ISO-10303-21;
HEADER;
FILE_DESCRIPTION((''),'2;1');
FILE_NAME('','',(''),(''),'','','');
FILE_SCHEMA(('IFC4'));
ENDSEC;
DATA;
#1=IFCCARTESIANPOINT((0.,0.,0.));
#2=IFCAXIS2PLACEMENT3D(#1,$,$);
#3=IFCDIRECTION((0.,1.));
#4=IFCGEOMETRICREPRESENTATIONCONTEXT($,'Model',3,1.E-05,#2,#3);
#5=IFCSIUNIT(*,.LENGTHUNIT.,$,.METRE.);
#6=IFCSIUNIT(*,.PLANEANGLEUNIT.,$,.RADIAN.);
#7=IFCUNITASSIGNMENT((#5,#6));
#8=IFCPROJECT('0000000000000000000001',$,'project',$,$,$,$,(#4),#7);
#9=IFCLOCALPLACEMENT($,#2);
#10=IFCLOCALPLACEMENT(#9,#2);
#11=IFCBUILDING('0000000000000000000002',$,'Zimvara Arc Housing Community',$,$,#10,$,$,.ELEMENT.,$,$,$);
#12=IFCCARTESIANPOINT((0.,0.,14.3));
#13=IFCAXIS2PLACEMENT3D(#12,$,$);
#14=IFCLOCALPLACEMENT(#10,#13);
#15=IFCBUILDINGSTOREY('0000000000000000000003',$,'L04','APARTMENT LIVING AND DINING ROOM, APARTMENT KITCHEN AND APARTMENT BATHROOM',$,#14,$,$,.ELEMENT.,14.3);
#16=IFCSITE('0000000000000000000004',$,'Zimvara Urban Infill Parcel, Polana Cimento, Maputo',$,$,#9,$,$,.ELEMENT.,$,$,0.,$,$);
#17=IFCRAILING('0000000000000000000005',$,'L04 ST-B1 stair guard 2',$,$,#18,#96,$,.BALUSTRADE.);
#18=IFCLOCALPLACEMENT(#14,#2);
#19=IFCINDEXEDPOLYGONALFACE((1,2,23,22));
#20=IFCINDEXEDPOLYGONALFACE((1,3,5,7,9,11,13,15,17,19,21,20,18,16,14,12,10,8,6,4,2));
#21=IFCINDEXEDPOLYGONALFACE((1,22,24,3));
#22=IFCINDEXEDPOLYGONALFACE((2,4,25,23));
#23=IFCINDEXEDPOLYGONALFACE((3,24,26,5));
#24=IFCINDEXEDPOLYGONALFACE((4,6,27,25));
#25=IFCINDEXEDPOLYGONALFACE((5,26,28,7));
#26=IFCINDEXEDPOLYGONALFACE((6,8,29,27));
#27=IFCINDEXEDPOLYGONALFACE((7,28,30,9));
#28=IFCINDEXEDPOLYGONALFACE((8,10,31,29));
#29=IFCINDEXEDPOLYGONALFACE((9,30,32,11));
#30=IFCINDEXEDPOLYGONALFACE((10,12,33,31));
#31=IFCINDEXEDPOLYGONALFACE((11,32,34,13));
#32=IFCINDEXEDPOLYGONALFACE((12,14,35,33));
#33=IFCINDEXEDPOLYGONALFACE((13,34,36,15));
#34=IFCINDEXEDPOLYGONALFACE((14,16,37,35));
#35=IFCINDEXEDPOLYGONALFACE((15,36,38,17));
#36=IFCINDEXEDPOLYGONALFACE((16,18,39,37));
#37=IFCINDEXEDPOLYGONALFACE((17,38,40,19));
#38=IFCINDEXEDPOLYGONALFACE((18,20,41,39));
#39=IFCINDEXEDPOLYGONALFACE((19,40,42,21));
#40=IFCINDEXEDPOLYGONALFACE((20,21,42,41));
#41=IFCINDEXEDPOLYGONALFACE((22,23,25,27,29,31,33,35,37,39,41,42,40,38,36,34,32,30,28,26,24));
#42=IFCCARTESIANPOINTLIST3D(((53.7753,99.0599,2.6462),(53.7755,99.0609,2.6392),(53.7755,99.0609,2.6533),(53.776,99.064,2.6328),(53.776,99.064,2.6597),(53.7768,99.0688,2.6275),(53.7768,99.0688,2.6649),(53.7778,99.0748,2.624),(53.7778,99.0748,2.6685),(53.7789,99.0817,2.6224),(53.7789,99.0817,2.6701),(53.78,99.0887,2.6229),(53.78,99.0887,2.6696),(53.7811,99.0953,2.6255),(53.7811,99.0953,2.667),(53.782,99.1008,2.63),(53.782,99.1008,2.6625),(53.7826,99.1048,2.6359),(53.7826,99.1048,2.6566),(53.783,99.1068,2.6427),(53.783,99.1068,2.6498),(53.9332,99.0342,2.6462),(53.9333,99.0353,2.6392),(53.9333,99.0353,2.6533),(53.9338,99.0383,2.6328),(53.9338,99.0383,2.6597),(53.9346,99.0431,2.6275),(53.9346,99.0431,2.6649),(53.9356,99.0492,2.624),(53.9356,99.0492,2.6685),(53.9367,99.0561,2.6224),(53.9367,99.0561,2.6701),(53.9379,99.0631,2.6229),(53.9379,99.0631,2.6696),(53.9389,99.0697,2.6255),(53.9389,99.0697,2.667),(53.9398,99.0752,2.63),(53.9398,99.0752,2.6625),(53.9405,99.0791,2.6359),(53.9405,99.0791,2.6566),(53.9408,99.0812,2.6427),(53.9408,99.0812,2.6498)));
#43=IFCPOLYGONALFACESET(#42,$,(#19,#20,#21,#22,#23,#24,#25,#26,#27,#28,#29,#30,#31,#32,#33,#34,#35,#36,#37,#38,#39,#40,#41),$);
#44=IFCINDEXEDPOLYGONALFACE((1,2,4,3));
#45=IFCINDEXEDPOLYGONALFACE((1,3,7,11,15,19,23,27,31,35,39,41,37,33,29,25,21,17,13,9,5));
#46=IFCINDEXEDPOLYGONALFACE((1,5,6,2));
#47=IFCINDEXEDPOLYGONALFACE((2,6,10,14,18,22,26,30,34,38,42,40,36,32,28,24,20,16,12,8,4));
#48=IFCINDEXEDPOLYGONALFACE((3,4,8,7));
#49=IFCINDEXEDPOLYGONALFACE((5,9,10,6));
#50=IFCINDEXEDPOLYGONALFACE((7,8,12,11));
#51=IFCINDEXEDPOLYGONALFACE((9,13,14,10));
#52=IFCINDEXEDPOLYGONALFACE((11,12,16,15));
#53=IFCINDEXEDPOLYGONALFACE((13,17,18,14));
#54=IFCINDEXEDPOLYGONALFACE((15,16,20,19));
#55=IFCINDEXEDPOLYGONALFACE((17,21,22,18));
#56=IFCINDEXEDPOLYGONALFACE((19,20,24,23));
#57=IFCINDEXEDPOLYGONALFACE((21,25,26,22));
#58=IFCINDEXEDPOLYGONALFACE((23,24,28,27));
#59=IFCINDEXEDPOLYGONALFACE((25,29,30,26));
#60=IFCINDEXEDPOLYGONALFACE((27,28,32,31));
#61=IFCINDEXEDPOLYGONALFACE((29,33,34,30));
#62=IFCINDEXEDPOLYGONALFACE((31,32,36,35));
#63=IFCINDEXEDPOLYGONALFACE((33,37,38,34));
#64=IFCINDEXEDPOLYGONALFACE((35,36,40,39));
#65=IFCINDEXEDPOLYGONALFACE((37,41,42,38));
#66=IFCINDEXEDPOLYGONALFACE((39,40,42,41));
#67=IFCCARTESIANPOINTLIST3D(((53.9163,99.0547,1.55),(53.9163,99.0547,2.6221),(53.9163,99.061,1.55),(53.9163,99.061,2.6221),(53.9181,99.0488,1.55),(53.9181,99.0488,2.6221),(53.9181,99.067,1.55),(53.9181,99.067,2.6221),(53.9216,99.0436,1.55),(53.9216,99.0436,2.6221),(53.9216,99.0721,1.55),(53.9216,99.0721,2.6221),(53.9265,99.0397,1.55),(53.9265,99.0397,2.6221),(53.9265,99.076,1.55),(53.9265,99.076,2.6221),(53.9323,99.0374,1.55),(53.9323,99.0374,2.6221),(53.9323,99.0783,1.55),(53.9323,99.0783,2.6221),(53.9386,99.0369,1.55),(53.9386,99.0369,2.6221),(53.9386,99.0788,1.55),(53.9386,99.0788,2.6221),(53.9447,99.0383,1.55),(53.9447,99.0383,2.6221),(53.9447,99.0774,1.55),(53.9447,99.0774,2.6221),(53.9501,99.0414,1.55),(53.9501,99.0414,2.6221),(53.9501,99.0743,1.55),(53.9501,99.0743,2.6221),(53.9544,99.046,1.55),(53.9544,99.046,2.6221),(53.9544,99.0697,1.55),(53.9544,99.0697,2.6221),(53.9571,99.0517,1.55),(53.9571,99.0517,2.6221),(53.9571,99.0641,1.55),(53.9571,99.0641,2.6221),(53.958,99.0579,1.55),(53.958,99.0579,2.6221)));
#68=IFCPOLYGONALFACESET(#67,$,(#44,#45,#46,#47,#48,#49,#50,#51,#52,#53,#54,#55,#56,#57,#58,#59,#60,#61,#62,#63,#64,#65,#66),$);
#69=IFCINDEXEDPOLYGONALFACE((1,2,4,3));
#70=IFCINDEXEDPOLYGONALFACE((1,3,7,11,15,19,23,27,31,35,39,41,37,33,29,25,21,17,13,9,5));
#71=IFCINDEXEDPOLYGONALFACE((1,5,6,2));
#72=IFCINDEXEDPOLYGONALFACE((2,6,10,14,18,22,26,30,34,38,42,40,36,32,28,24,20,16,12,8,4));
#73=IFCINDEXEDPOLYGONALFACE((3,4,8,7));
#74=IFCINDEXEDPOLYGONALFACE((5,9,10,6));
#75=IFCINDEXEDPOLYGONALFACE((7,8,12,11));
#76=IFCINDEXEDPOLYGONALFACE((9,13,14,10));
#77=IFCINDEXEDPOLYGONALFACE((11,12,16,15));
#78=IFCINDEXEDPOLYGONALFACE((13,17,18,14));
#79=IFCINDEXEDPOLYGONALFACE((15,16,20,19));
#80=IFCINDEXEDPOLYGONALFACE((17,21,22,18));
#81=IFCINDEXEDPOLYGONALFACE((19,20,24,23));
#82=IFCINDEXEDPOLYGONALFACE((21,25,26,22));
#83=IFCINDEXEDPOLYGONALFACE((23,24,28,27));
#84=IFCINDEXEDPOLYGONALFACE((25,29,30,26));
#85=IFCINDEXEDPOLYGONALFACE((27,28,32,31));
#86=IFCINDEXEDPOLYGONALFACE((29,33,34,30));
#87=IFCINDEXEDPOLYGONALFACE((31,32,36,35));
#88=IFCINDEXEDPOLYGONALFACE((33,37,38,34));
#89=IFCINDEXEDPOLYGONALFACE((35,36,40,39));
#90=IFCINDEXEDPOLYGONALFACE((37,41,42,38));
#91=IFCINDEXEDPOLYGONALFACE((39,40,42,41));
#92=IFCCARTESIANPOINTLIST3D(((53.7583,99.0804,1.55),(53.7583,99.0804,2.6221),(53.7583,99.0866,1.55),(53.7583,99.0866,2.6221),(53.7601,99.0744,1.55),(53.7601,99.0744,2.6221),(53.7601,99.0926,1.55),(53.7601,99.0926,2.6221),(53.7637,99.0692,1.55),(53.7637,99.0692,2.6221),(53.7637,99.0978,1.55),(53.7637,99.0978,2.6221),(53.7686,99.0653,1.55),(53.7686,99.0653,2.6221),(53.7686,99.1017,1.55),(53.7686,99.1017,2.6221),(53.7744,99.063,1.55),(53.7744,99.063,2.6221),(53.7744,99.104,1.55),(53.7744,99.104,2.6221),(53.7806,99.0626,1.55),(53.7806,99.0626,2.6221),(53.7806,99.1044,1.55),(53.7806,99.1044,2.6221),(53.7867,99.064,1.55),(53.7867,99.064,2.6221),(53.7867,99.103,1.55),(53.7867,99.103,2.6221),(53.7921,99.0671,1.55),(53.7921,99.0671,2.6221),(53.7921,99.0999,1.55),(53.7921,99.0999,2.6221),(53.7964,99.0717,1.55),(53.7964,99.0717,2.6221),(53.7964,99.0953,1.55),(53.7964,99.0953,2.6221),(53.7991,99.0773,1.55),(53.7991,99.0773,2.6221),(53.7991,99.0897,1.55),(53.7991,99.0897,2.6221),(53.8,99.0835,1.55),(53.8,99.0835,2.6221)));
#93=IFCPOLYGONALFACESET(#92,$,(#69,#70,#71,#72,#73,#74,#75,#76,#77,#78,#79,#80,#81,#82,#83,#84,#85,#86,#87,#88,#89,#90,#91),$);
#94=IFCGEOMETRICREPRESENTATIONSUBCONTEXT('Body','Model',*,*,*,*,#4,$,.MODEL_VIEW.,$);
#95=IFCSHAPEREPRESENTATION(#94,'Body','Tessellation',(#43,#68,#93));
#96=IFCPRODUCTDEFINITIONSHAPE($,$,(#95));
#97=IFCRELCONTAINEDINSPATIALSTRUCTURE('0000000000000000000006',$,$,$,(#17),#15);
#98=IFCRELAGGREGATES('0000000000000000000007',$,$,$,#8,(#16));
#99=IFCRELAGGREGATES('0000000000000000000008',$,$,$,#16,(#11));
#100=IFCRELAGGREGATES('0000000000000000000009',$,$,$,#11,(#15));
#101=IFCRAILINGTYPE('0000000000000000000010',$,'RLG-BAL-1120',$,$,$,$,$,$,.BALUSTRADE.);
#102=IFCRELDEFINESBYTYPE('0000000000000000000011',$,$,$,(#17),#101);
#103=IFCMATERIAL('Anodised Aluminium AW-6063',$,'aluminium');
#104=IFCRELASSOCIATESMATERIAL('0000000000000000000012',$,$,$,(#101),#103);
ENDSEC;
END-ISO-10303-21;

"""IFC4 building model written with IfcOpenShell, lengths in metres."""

from ifc_helpers import new_model, si_unit, direction, frame, origin, origin_2d, place, context, subcontext, project, spatial, circle, extrude, material, type_object, element, save


model = new_model("IFC4")

# Units and contexts
model_context = context("Model", 3, precision=1e-05, world=origin(), true_north=direction((0.0, 1.0)))
body_context = subcontext(model_context, "Body", "Model", "MODEL_VIEW")
ifc_project = project(units=[si_unit("LENGTHUNIT", "METRE"), si_unit("PLANEANGLEUNIT", "RADIAN")], contexts=[model_context])

# Site, building, storey
site_placement = place(None, origin())
site = spatial("IfcSite", under=ifc_project, at=site_placement, Name="Zimvara Urban Infill Parcel, Polana Cimento, Maputo", CompositionType="ELEMENT", RefElevation=0.0)
building_placement = place(site_placement, origin())
building = spatial("IfcBuilding", under=site, at=building_placement, Name="Zimvara Arc Housing Community", CompositionType="ELEMENT")
storey_placement = place(building_placement, frame((0.0, 0.0, 14.3)))
storey = spatial("IfcBuildingStorey", under=building, at=storey_placement, Name="L04", Description="APARTMENT LIVING AND DINING ROOM, APARTMENT KITCHEN AND APARTMENT BATHROOM", CompositionType="ELEMENT", Elevation=14.3)

# Railing
ifc_material_1 = material(Name="Anodised Aluminium AW-6063", Category="aluminium")
railing_type_1 = type_object("IfcRailingType", Name="RLG-BAL-1120", PredefinedType="BALUSTRADE", material=ifc_material_1)
railing_1_placement = place(storey_placement, frame((53.937, 99.0579, 1.55)))
element("IfcRailing", 1, at=railing_1_placement, inside=storey, type_object=railing_type_1, Name="L04 ST-B1 stair guard 2", PredefinedType="BALUSTRADE", context=body_context, shape_type="SweptSolid", body=[
    extrude(circle(Radius=0.0239, at=origin_2d()), frame((0.0, 0.0, 1.0962), z_axis=(-0.987086, 0.160192, 0.0), x_axis=(-0.160192, -0.987086, 0.0)), (0.0, 0.0, 1.0), 0.1599),
    extrude(circle(Radius=0.021, at=origin_2d()), origin(), (0.0, 0.0, 1.0), 1.072),
    extrude(circle(Radius=0.021, at=origin_2d()), frame((-0.158, 0.0256, 0.0)), (0.0, 0.0, 1.0), 1.072),
])

save(model, "model.ifc")
